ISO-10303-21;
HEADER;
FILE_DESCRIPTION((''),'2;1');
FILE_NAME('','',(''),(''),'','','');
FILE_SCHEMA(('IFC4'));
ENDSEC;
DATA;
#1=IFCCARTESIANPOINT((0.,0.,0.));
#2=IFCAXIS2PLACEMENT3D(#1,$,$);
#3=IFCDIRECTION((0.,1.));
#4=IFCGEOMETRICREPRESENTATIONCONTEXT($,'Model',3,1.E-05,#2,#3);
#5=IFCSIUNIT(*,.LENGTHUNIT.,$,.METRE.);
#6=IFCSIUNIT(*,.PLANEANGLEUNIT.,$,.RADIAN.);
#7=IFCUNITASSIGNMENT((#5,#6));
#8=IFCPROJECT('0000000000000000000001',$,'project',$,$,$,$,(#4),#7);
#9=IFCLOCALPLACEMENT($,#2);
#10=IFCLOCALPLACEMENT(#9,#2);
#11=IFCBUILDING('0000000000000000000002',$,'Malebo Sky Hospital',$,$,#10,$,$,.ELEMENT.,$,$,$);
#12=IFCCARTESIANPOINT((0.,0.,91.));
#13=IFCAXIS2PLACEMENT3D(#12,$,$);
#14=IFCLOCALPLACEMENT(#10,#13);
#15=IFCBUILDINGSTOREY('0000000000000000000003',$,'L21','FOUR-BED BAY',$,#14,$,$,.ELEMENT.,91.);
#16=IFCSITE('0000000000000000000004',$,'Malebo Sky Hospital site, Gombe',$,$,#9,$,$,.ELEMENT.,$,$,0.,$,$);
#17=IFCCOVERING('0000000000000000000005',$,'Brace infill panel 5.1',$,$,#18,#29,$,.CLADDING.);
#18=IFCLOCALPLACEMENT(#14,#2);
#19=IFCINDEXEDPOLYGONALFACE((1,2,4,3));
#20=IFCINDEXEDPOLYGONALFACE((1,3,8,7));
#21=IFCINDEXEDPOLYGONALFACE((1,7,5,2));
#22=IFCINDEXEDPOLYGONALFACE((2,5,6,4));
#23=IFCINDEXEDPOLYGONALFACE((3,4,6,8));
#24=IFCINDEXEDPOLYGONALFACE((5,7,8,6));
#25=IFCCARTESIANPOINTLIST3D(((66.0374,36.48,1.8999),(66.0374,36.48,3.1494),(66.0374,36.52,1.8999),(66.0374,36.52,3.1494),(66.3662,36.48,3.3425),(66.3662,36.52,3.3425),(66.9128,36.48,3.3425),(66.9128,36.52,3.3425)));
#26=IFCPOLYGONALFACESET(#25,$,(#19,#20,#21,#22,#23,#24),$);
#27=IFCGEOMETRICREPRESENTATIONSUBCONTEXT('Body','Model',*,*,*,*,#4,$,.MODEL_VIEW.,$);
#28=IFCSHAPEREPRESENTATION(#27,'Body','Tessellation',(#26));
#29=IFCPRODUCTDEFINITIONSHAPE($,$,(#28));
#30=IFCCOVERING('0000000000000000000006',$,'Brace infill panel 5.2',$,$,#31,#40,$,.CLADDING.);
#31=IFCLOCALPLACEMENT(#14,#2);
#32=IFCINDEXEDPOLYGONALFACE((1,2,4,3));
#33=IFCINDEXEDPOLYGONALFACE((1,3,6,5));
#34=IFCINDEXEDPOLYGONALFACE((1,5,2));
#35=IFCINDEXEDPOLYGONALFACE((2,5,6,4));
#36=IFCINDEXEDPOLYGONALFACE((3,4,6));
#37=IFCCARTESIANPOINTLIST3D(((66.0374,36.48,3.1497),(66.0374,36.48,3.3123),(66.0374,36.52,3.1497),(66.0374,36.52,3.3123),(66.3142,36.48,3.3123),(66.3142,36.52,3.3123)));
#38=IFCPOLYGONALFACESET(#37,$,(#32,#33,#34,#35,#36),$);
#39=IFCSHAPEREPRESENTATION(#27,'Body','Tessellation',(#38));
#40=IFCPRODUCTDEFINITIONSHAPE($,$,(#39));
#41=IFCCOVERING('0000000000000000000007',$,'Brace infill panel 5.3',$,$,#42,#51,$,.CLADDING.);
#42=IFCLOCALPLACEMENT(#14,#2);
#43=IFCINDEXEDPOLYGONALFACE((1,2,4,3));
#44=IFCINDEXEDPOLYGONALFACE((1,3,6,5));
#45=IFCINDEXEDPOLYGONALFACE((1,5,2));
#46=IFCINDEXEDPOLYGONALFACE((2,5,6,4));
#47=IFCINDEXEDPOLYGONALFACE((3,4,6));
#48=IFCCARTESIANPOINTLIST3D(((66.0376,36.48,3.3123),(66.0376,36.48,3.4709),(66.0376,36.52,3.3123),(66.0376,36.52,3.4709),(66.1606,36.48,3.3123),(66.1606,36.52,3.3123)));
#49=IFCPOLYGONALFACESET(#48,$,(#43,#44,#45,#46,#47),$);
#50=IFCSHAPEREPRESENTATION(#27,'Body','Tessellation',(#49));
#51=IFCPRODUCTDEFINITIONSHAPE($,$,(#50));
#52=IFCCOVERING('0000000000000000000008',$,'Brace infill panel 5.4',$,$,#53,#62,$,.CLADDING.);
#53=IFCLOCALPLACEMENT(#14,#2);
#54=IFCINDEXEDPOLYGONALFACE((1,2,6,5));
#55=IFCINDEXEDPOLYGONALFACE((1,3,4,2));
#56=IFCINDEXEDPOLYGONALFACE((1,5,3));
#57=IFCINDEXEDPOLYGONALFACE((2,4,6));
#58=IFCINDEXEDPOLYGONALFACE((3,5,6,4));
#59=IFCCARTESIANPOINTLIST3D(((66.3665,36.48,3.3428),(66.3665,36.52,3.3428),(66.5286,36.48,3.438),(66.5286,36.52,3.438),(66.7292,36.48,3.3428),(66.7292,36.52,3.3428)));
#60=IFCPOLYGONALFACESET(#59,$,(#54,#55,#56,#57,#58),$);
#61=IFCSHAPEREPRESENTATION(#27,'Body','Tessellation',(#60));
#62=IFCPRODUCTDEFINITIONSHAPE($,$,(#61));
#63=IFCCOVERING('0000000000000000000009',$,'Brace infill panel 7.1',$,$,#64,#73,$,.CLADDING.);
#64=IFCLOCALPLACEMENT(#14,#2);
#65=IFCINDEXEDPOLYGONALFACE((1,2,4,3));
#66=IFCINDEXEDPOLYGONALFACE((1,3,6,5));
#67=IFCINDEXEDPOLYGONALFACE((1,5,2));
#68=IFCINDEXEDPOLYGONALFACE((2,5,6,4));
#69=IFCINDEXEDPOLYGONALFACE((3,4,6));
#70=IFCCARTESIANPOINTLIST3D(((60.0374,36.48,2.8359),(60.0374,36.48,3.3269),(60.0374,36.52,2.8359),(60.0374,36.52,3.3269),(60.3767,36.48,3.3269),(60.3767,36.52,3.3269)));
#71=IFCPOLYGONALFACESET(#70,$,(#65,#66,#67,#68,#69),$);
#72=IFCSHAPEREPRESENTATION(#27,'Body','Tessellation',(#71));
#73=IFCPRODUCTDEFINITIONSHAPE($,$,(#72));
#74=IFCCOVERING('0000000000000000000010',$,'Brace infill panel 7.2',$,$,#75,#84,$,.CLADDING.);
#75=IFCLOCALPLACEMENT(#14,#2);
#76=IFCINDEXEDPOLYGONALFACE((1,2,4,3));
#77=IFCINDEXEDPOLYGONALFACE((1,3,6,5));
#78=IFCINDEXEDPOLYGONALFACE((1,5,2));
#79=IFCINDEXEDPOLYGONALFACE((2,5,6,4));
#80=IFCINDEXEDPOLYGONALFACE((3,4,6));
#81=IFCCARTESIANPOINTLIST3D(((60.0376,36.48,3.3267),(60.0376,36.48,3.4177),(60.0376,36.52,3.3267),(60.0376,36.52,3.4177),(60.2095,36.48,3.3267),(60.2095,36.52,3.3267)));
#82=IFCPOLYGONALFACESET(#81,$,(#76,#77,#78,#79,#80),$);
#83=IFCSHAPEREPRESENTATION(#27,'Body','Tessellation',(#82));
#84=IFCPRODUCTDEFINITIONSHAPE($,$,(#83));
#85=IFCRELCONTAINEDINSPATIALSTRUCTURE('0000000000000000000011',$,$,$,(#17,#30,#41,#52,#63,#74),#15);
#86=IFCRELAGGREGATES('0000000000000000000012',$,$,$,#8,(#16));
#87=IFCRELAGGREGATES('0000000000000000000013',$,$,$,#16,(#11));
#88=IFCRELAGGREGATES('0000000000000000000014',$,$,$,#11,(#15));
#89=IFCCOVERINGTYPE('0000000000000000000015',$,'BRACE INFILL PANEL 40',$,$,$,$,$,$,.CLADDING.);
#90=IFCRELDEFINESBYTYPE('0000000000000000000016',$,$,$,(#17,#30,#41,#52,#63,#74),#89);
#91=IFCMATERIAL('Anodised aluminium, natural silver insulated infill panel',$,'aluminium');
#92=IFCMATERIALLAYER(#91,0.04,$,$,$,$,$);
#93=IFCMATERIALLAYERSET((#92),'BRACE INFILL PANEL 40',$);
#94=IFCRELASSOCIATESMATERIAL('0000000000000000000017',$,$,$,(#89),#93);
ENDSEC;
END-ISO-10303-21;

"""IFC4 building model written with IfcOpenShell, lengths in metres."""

from ifc_helpers import new_model, si_unit, direction, frame, origin, place, context, subcontext, project, spatial, polyline, outline, extrude, material, layer, layer_set, type_object, element, save


model = new_model("IFC4")

# Units and contexts
model_context = context("Model", 3, precision=1e-05, world=origin(), true_north=direction((0.0, 1.0)))
body_context = subcontext(model_context, "Body", "Model", "MODEL_VIEW")
ifc_project = project(units=[si_unit("LENGTHUNIT", "METRE"), si_unit("PLANEANGLEUNIT", "RADIAN")], contexts=[model_context])

# Site, building, storey
site_placement = place(None, origin())
site = spatial("IfcSite", under=ifc_project, at=site_placement, Name="Malebo Sky Hospital site, Gombe", CompositionType="ELEMENT", RefElevation=0.0)
building_placement = place(site_placement, origin())
building = spatial("IfcBuilding", under=site, at=building_placement, Name="Malebo Sky Hospital", CompositionType="ELEMENT")
storey_placement = place(building_placement, frame((0.0, 0.0, 91.0)))
storey = spatial("IfcBuildingStorey", under=building, at=storey_placement, Name="L21", Description="FOUR-BED BAY", CompositionType="ELEMENT", Elevation=91.0)

# Coverings
ifc_material_1 = material(Name="Anodised aluminium, natural silver insulated infill panel", Category="aluminium")
ifc_layer_1 = layer(ifc_material_1, 0.04)
ifc_layer_set_1 = layer_set([ifc_layer_1], Name="BRACE INFILL PANEL 40")
covering_type = type_object("IfcCoveringType", Name="BRACE INFILL PANEL 40", PredefinedType="CLADDING", material=ifc_layer_set_1)
covering_1_placement = place(storey_placement, frame((66.4751, 36.5, 1.8999), z_axis=(0.0, 0.0, 1.0), x_axis=(-1.0, 0.0, 0.0)))
element("IfcCovering", 1, at=covering_1_placement, inside=storey, type_object=covering_type, Name="Brace infill panel 5.1", PredefinedType="CLADDING", context=body_context, shape_type="SweptSolid", body=[
    extrude(outline(polyline([(0.4377, 0.0), (0.4377, 1.2495), (0.1089, 1.4426), (-0.4377, 1.4426), (0.4377, 0.0)])), frame((0.0, 0.02, 0.0), z_axis=(0.0, -1.0, 0.0), x_axis=(1.0, 0.0, 0.0)), (0.0, 0.0, 1.0), 0.04),
])
covering_2_placement = place(storey_placement, frame((66.1758, 36.5, 3.1497), z_axis=(0.0, 0.0, 1.0), x_axis=(-1.0, 0.0, 0.0)))
element("IfcCovering", 2, at=covering_2_placement, inside=storey, type_object=covering_type, Name="Brace infill panel 5.2", PredefinedType="CLADDING", context=body_context, shape_type="SweptSolid", body=[
    extrude(outline(polyline([(0.1384, 0.0), (0.1384, 0.1626), (-0.1384, 0.1626), (0.1384, 0.0)])), frame((0.0, 0.02, 0.0), z_axis=(0.0, -1.0, 0.0), x_axis=(1.0, 0.0, 0.0)), (0.0, 0.0, 1.0), 0.04),
])
covering_3_placement = place(storey_placement, frame((66.0991, 36.5, 3.3123), z_axis=(0.0, 0.0, 1.0), x_axis=(-1.0, 0.0, 0.0)))
element("IfcCovering", 3, at=covering_3_placement, inside=storey, type_object=covering_type, Name="Brace infill panel 5.3", PredefinedType="CLADDING", context=body_context, shape_type="SweptSolid", body=[
    extrude(outline(polyline([(-0.0615, 0.0), (0.0615, 0.0), (0.0615, 0.1587), (-0.0615, 0.0)])), frame((0.0, 0.02, 0.0), z_axis=(0.0, -1.0, 0.0), x_axis=(1.0, 0.0, 0.0)), (0.0, 0.0, 1.0), 0.04),
])
covering_4_placement = place(storey_placement, frame((66.5479, 36.5, 3.3428), z_axis=(0.0, 0.0, 1.0), x_axis=(-1.0, 0.0, 0.0)))
element("IfcCovering", 4, at=covering_4_placement, inside=storey, type_object=covering_type, Name="Brace infill panel 5.4", PredefinedType="CLADDING", context=body_context, shape_type="SweptSolid", body=[
    extrude(outline(polyline([(-0.1814, 0.0), (0.1814, 0.0), (0.0193, 0.0952), (-0.1814, 0.0)])), frame((0.0, 0.02, 0.0), z_axis=(0.0, -1.0, 0.0), x_axis=(1.0, 0.0, 0.0)), (0.0, 0.0, 1.0), 0.04),
])
covering_5_placement = place(storey_placement, frame((60.207, 36.5, 2.8359), z_axis=(0.0, 0.0, 1.0), x_axis=(-1.0, 0.0, 0.0)))
element("IfcCovering", 5, at=covering_5_placement, inside=storey, type_object=covering_type, Name="Brace infill panel 7.1", PredefinedType="CLADDING", context=body_context, shape_type="SweptSolid", body=[
    extrude(outline(polyline([(0.1697, 0.0), (0.1697, 0.491), (-0.1697, 0.491), (0.1697, 0.0)])), frame((0.0, 0.02, 0.0), z_axis=(0.0, -1.0, 0.0), x_axis=(1.0, 0.0, 0.0)), (0.0, 0.0, 1.0), 0.04),
])
covering_6_placement = place(storey_placement, frame((60.1235, 36.5, 3.3267), z_axis=(0.0, 0.0, 1.0), x_axis=(-1.0, 0.0, 0.0)))
element("IfcCovering", 6, at=covering_6_placement, inside=storey, type_object=covering_type, Name="Brace infill panel 7.2", PredefinedType="CLADDING", context=body_context, shape_type="SweptSolid", body=[
    extrude(outline(polyline([(-0.0859, 0.0), (0.0859, 0.0), (0.0859, 0.0911), (-0.0859, 0.0)])), frame((0.0, 0.02, 0.0), z_axis=(0.0, -1.0, 0.0), x_axis=(1.0, 0.0, 0.0)), (0.0, 0.0, 1.0), 0.04),
])

save(model, "model.ifc")
